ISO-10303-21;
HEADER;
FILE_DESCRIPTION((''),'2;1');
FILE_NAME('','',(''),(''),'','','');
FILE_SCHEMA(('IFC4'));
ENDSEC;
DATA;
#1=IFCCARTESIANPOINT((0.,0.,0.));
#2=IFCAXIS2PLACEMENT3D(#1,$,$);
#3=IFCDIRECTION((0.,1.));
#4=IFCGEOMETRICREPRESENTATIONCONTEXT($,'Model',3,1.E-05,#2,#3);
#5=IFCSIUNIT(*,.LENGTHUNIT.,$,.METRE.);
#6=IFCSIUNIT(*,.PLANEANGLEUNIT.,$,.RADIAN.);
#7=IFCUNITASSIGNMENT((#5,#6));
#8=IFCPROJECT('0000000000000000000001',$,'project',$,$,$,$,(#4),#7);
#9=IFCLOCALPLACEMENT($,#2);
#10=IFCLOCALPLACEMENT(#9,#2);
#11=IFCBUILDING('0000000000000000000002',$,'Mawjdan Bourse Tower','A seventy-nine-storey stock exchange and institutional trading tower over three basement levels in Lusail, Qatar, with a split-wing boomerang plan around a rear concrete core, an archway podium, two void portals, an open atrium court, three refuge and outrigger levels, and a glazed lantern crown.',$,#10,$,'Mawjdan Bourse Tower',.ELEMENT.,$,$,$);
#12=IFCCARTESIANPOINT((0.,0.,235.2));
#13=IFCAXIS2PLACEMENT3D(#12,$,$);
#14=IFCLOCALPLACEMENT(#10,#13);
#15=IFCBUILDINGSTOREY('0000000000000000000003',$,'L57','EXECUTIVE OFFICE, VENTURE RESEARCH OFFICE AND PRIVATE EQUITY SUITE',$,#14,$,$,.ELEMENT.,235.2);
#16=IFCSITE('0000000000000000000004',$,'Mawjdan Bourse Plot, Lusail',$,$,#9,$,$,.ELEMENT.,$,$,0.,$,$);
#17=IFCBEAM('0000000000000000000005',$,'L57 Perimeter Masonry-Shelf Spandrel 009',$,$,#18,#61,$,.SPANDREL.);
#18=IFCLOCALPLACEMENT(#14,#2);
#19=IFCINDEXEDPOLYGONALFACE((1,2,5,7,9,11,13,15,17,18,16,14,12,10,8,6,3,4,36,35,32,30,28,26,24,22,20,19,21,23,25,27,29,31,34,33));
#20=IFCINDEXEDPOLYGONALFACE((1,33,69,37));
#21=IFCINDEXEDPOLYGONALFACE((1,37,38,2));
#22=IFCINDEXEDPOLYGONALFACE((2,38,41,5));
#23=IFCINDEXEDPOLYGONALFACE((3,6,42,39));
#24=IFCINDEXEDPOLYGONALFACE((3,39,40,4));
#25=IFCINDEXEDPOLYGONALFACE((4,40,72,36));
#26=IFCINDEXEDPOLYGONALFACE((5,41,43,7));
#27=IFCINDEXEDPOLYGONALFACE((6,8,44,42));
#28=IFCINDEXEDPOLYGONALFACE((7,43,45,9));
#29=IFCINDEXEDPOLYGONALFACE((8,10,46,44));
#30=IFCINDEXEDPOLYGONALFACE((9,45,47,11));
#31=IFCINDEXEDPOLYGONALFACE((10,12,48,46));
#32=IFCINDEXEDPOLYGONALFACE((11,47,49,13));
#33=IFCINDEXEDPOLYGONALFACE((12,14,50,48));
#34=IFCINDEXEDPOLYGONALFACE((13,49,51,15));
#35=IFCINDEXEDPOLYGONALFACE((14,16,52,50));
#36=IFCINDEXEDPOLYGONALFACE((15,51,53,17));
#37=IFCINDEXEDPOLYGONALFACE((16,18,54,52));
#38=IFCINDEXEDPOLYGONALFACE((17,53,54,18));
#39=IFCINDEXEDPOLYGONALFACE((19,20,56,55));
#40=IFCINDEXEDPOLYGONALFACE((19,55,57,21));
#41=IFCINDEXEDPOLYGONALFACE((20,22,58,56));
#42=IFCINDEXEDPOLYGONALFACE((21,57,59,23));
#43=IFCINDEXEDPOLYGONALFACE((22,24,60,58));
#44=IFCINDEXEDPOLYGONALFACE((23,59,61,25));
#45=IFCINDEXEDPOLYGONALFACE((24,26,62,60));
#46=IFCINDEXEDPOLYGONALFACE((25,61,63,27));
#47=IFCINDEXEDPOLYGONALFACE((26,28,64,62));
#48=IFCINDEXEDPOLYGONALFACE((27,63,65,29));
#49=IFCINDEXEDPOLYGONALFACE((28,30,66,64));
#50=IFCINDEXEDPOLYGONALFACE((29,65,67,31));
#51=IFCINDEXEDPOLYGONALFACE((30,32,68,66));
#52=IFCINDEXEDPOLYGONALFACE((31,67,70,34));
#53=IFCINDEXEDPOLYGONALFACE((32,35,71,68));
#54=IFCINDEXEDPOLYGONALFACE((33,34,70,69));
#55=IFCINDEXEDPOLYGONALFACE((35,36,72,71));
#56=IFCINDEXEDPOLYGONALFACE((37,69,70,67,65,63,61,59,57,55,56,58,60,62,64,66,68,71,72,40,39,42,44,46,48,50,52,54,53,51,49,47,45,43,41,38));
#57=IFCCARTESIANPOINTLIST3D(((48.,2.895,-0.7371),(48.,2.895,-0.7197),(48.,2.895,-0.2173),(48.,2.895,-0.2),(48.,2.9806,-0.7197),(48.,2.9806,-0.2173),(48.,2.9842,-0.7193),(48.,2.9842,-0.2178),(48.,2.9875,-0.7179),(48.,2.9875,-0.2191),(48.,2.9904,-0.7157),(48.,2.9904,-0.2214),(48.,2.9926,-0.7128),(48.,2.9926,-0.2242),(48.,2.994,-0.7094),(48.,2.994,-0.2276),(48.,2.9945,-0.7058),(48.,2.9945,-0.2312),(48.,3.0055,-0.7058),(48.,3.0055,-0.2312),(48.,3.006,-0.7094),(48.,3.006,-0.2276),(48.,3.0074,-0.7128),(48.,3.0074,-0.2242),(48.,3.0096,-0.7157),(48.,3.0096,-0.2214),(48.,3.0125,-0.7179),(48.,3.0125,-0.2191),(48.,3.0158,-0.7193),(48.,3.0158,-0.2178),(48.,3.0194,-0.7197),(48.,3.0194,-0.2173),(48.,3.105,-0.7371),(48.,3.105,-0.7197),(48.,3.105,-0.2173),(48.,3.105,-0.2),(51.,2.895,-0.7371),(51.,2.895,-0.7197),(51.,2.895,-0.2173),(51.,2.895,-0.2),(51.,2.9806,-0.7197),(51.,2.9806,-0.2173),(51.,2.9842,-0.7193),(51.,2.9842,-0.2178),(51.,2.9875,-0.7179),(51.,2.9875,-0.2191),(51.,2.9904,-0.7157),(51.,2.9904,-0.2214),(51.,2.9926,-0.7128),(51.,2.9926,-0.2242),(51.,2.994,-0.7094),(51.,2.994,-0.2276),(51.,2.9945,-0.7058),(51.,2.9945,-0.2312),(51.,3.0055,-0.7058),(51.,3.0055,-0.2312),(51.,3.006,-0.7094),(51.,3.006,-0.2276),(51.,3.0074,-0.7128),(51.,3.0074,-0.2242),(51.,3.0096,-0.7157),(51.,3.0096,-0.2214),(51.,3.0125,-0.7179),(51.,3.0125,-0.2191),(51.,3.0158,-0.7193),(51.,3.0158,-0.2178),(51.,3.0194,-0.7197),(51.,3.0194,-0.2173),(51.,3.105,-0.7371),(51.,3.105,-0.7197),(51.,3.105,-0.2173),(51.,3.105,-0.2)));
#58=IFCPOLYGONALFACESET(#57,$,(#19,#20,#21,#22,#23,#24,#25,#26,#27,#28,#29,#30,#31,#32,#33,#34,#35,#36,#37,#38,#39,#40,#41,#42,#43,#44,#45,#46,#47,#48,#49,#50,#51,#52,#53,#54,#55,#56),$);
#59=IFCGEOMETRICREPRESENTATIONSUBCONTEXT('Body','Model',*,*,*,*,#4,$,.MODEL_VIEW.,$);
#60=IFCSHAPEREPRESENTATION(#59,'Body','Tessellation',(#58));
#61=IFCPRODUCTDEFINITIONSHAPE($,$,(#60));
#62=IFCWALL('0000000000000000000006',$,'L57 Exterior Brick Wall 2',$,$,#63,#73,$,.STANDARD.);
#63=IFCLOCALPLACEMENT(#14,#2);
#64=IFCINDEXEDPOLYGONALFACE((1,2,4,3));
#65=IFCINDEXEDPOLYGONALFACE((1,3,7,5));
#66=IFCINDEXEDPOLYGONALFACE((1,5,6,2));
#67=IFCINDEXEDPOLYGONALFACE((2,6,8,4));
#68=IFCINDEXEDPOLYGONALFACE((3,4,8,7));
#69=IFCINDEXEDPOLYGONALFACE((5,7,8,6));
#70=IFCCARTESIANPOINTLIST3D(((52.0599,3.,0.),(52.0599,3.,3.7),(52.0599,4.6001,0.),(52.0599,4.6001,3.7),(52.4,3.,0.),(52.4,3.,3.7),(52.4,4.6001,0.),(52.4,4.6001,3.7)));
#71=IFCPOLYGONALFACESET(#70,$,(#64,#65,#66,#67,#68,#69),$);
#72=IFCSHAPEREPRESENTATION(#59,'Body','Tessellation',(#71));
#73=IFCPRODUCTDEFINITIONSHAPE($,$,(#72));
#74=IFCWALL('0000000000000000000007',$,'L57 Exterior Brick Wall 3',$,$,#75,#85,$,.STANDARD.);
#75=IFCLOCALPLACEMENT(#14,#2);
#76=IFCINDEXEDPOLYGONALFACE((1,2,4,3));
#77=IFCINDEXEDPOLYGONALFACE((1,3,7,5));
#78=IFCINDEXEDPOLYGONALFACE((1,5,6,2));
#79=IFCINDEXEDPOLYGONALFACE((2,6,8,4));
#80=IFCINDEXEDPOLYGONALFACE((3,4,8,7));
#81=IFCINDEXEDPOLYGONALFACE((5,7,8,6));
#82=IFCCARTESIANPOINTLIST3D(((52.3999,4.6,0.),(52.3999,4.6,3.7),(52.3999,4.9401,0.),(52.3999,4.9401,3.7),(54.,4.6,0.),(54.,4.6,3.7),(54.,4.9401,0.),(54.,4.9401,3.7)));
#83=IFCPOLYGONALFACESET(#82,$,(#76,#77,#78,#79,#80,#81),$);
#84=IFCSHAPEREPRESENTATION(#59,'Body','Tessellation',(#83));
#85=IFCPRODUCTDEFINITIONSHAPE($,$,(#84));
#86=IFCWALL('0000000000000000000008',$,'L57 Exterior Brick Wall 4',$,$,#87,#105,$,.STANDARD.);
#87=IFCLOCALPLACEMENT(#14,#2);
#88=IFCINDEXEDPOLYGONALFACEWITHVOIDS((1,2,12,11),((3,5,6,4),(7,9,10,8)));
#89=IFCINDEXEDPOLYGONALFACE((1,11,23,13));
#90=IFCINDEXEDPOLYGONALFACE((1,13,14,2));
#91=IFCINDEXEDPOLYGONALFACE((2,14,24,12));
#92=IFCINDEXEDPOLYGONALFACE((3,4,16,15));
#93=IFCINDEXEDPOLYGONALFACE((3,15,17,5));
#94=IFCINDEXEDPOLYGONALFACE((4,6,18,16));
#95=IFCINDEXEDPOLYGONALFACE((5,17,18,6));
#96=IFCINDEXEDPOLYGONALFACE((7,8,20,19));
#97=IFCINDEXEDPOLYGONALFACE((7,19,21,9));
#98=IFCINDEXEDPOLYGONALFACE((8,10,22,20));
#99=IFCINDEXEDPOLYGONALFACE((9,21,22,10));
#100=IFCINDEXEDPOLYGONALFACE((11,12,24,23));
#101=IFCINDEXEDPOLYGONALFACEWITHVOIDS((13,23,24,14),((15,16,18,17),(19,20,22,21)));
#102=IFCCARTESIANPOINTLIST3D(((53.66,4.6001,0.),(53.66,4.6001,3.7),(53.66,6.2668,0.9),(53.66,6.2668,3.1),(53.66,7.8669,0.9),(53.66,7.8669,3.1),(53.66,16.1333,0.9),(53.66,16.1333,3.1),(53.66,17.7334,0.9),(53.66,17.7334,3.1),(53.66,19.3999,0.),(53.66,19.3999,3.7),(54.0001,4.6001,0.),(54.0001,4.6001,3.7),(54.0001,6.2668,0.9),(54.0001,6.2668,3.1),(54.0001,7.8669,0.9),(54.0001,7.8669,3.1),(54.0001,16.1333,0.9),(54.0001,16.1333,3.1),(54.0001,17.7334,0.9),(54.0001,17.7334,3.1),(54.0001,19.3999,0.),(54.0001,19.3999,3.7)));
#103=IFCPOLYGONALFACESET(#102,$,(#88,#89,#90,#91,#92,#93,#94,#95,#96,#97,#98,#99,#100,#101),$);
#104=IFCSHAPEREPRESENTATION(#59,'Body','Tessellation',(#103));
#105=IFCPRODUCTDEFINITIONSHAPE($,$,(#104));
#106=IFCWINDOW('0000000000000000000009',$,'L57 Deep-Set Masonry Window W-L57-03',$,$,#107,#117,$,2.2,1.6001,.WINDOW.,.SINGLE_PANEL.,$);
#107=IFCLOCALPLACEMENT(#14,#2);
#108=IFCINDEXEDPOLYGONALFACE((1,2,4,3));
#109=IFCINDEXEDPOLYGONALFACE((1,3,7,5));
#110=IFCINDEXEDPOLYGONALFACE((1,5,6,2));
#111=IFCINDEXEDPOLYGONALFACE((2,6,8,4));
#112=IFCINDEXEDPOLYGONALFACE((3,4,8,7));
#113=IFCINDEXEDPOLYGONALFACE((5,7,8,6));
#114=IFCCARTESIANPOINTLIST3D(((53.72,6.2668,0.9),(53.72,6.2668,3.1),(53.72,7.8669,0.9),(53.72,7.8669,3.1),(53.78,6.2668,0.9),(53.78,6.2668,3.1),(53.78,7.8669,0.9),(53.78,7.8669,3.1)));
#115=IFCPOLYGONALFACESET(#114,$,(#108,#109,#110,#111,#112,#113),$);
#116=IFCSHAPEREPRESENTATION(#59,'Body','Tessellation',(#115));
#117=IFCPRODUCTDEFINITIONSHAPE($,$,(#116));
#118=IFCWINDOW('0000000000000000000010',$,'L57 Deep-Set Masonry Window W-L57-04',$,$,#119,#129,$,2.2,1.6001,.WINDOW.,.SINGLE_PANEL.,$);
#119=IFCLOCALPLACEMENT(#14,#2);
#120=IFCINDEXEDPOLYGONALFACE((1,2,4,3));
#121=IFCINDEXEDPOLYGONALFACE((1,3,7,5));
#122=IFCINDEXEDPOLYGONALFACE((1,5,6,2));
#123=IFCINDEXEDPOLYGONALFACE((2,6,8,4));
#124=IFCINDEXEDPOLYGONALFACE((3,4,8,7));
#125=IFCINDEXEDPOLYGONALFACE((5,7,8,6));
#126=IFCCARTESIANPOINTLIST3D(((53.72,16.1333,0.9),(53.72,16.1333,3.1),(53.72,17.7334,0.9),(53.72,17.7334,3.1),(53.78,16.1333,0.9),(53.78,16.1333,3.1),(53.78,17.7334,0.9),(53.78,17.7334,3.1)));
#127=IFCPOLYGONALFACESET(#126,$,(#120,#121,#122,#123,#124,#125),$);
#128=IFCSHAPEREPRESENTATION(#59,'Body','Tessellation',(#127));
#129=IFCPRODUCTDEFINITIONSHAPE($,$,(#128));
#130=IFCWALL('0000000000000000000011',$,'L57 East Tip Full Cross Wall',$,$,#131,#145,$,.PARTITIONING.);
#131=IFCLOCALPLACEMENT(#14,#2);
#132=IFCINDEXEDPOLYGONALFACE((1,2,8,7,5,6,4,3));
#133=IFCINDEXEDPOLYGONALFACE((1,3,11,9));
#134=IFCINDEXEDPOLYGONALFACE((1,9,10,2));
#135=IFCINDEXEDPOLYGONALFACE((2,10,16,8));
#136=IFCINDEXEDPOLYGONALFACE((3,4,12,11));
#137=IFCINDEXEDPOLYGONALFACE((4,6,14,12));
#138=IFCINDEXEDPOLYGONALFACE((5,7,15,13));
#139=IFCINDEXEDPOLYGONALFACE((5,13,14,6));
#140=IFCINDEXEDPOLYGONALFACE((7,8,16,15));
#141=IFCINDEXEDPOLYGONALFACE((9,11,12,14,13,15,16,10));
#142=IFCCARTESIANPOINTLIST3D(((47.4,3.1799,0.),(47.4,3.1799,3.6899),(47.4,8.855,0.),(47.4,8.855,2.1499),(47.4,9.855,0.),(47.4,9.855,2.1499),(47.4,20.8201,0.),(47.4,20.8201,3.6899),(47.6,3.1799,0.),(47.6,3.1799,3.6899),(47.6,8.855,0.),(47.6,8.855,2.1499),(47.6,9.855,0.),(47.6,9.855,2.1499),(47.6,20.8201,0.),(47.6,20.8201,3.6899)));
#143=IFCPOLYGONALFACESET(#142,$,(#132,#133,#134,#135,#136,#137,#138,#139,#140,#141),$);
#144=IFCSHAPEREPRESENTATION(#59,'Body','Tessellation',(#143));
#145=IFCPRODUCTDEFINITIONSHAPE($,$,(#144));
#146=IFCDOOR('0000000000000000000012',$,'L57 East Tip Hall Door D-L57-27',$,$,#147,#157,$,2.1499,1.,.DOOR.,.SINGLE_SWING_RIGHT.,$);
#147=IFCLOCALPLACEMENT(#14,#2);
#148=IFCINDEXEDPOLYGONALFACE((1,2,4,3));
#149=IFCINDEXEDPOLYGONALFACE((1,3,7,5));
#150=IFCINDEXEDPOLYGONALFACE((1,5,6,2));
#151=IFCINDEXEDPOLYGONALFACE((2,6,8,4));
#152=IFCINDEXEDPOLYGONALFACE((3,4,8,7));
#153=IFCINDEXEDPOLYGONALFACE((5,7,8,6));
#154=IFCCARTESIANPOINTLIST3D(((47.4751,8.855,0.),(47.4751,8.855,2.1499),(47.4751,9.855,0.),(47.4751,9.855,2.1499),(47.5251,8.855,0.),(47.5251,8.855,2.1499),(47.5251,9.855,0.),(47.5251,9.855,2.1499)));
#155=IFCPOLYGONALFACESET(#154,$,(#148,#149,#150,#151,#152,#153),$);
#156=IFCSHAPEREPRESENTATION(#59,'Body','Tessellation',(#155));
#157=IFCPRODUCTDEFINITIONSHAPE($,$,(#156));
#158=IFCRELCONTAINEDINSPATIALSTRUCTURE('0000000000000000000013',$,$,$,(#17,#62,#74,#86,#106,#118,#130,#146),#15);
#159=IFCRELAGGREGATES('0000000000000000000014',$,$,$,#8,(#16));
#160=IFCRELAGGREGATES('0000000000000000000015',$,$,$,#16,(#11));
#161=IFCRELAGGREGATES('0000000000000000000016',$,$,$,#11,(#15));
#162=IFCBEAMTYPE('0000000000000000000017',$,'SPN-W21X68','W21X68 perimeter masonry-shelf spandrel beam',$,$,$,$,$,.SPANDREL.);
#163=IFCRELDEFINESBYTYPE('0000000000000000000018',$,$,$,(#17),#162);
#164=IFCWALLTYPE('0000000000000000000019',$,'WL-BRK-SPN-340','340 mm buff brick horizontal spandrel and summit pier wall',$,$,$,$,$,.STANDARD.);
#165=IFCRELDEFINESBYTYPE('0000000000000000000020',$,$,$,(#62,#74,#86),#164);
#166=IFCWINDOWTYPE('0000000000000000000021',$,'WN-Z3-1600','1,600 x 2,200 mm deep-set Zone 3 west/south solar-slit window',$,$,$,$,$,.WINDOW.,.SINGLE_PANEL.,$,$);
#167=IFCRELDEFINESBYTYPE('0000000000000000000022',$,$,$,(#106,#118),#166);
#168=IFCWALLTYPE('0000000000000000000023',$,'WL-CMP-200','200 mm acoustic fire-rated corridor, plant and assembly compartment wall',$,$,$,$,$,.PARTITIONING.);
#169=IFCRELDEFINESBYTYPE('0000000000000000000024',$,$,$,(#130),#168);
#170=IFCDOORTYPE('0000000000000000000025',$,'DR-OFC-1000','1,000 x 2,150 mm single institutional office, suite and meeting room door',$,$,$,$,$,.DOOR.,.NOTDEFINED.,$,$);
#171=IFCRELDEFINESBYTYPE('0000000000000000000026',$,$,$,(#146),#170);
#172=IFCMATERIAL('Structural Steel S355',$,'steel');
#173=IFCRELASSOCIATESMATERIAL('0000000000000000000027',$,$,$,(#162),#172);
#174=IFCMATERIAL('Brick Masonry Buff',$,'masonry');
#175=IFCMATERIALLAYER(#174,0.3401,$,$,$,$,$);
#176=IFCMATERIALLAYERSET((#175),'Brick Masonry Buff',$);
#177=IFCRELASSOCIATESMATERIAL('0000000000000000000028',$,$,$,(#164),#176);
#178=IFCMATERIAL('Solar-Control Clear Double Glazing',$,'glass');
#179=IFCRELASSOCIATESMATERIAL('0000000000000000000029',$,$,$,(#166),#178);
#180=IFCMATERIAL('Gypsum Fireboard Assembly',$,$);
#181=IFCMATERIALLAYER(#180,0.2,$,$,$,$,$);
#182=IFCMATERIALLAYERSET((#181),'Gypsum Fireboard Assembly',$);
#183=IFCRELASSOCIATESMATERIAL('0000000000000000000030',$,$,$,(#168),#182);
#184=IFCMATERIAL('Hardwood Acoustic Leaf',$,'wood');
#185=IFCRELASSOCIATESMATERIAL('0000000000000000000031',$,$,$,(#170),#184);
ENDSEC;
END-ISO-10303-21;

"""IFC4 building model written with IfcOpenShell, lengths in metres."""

from ifc_helpers import new_model, si_unit, direction, frame, frame_2d, origin, origin_2d, place, context, subcontext, project, spatial, rectangle, i_section, extrude, material, layer, layer_set, material_profile, profile_set, type_object, element, fill, save


model = new_model("IFC4")

# Units and contexts
model_context = context("Model", 3, precision=1e-05, world=origin(), true_north=direction((0.0, 1.0)))
body_context = subcontext(model_context, "Body", "Model", "MODEL_VIEW")
ifc_project = project(units=[si_unit("LENGTHUNIT", "METRE"), si_unit("PLANEANGLEUNIT", "RADIAN")], contexts=[model_context])

# Site, building, storey
site_placement = place(None, origin())
site = spatial("IfcSite", under=ifc_project, at=site_placement, Name="Mawjdan Bourse Plot, Lusail", CompositionType="ELEMENT", RefElevation=0.0)
building_placement = place(site_placement, origin())
building = spatial("IfcBuilding", under=site, at=building_placement, Name="Mawjdan Bourse Tower", Description="A seventy-nine-storey stock exchange and institutional trading tower over three basement levels in Lusail, Qatar, with a split-wing boomerang plan around a rear concrete core, an archway podium, two void portals, an open atrium court, three refuge and outrigger levels, and a glazed lantern crown.", LongName="Mawjdan Bourse Tower", CompositionType="ELEMENT")
storey_placement = place(building_placement, frame((0.0, 0.0, 235.2)))
storey = spatial("IfcBuildingStorey", under=building, at=storey_placement, Name="L57", Description="EXECUTIVE OFFICE, VENTURE RESEARCH OFFICE AND PRIVATE EQUITY SUITE", CompositionType="ELEMENT", Elevation=235.2)

# Beam
ifc_material_1 = material(Name="Structural Steel S355", Category="steel")
ifc_material_profile_1 = material_profile(ifc_material_1, i_section(OverallWidth=0.21, OverallDepth=0.5371, WebThickness=0.011, FlangeThickness=0.0173, FilletRadius=0.0139, at=origin_2d()), Name="W21X68")
ifc_profile_set_1 = profile_set([ifc_material_profile_1], Name="Structural Steel S355")
beam_type_1 = type_object("IfcBeamType", Name="SPN-W21X68", Description="W21X68 perimeter masonry-shelf spandrel beam", PredefinedType="SPANDREL", material=ifc_profile_set_1)
beam_1_placement = place(storey_placement, frame((48.0, 3.0, -0.4685), z_axis=(1.0, 0.0, 0.0), x_axis=(0.0, 1.0, 0.0)))
element("IfcBeam", 1, at=beam_1_placement, inside=storey, type_object=beam_type_1, Name="L57 Perimeter Masonry-Shelf Spandrel 009", PredefinedType="SPANDREL", context=body_context, shape_type="SweptSolid", body=[
    extrude(i_section(OverallWidth=0.21, OverallDepth=0.5371, WebThickness=0.011, FlangeThickness=0.0173, FilletRadius=0.0139, at=origin_2d()), origin(), (0.0, 0.0, 1.0), 3.0),
])

# Walls
ifc_material_2 = material(Name="Brick Masonry Buff", Category="masonry")
ifc_layer_1 = layer(ifc_material_2, 0.3401)
ifc_layer_set_1 = layer_set([ifc_layer_1], Name="Brick Masonry Buff")
wall_type_1 = type_object("IfcWallType", Name="WL-BRK-SPN-340", Description="340 mm buff brick horizontal spandrel and summit pier wall", PredefinedType="STANDARD", material=ifc_layer_set_1)
for number, where, z_axis, x_axis, name in (
    (2, (52.23, 3.0, 0.0), (0.0, 0.0, 1.0), (0.0, 1.0, 0.0), "L57 Exterior Brick Wall 2"),
    (3, (52.3999, 4.77, 0.0), (0.0, 0.0, 1.0), (1.0, 0.0, 0.0), "L57 Exterior Brick Wall 3"),
):
    element("IfcWall", number, at=place(storey_placement, frame(where, z_axis=z_axis, x_axis=x_axis)), inside=storey, type_object=wall_type_1, Name=name, PredefinedType="STANDARD", context=body_context, shape_type="SweptSolid", body=[
        extrude(rectangle(XDim=1.6001, YDim=0.3401, at=frame_2d((0.8, 0.0))), origin(), (0.0, 0.0, 1.0), 3.7),
    ])

# Wall, openings, windows
wall_1_placement = place(storey_placement, frame((53.8301, 4.6001, 0.0), z_axis=(0.0, 0.0, 1.0), x_axis=(0.0, 1.0, 0.0)))
wall_1 = element("IfcWall", 4, at=wall_1_placement, inside=storey, type_object=wall_type_1, Name="L57 Exterior Brick Wall 4", PredefinedType="STANDARD", context=body_context, shape_type="SweptSolid", body=[
    extrude(rectangle(XDim=14.7998, YDim=0.3401, at=frame_2d((7.3999, 0.0))), origin(), (0.0, 0.0, 1.0), 3.7),
])
opening_1_placement = place(wall_1_placement, frame((1.6667, 0.0, 0.8999)))
opening_1 = element("IfcOpeningElement", 5, at=opening_1_placement, cuts=wall_1, PredefinedType="OPENING", context=body_context, shape_type="SweptSolid", body=[
    extrude(rectangle(XDim=1.6001, YDim=2.2, at=frame_2d((0.8, 1.1001))), frame((0.0, 0.1802, 0.0), z_axis=(0.0, -1.0, 0.0), x_axis=(1.0, 0.0, 0.0)), (0.0, 0.0, 1.0), 0.3601),
])
opening_2_placement = place(wall_1_placement, frame((11.5332, 0.0, 0.8999)))
opening_2 = element("IfcOpeningElement", 6, at=opening_2_placement, cuts=wall_1, PredefinedType="OPENING", context=body_context, shape_type="SweptSolid", body=[
    extrude(rectangle(XDim=1.6001, YDim=2.2, at=frame_2d((0.8, 1.1001))), frame((0.0, 0.1802, 0.0), z_axis=(0.0, -1.0, 0.0), x_axis=(1.0, 0.0, 0.0)), (0.0, 0.0, 1.0), 0.3601),
])
ifc_material_3 = material(Name="Solar-Control Clear Double Glazing", Category="glass")
window_type = type_object("IfcWindowType", Name="WN-Z3-1600", Description="1,600 x 2,200 mm deep-set Zone 3 west/south solar-slit window", PartitioningType="SINGLE_PANEL", PredefinedType="WINDOW", material=ifc_material_3)
window_1_placement = place(opening_1_placement, origin())
window_1 = element("IfcWindow", 7, at=window_1_placement, inside=storey, type_object=window_type, Name="L57 Deep-Set Masonry Window W-L57-03", OverallHeight=2.2, OverallWidth=1.6001, PartitioningType="SINGLE_PANEL", PredefinedType="WINDOW", context=body_context, shape_type="SweptSolid", body=[
    extrude(rectangle(XDim=1.6001, YDim=2.2, at=frame_2d((0.8, 1.1001))), frame((0.0, 0.1101, 0.0), z_axis=(0.0, -1.0, 0.0), x_axis=(1.0, 0.0, 0.0)), (0.0, 0.0, 1.0), 0.0601),
])
fill(opening_1, window_1)
window_2_placement = place(opening_2_placement, origin())
window_2 = element("IfcWindow", 8, at=window_2_placement, inside=storey, type_object=window_type, Name="L57 Deep-Set Masonry Window W-L57-04", OverallHeight=2.2, OverallWidth=1.6001, PartitioningType="SINGLE_PANEL", PredefinedType="WINDOW", context=body_context, shape_type="SweptSolid", body=[
    extrude(rectangle(XDim=1.6001, YDim=2.2, at=frame_2d((0.8, 1.1001))), frame((0.0, 0.1101, 0.0), z_axis=(0.0, -1.0, 0.0), x_axis=(1.0, 0.0, 0.0)), (0.0, 0.0, 1.0), 0.0601),
])
fill(opening_2, window_2)

# Wall, opening, door
ifc_material_4 = material(Name="Gypsum Fireboard Assembly")
ifc_layer_2 = layer(ifc_material_4, 0.2)
ifc_layer_set_2 = layer_set([ifc_layer_2], Name="Gypsum Fireboard Assembly")
wall_type_2 = type_object("IfcWallType", Name="WL-CMP-200", Description="200 mm acoustic fire-rated corridor, plant and assembly compartment wall", PredefinedType="PARTITIONING", material=ifc_layer_set_2)
wall_2_placement = place(storey_placement, frame((47.5, 3.1799, 0.0), z_axis=(0.0, 0.0, 1.0), x_axis=(0.0, 1.0, 0.0)))
wall_2 = element("IfcWall", 9, at=wall_2_placement, inside=storey, type_object=wall_type_2, Name="L57 East Tip Full Cross Wall", PredefinedType="PARTITIONING", context=body_context, shape_type="SweptSolid", body=[
    extrude(rectangle(XDim=17.6401, YDim=0.2, at=frame_2d((8.8201, 0.0))), origin(), (0.0, 0.0, 1.0), 3.6899),
])
opening_3_placement = place(wall_2_placement, frame((5.675, 0.0, 0.0)))
opening_3 = element("IfcOpeningElement", 10, at=opening_3_placement, cuts=wall_2, PredefinedType="OPENING", context=body_context, shape_type="SweptSolid", body=[
    extrude(rectangle(XDim=1.0, YDim=2.1499, at=frame_2d((0.5, 1.075))), frame((0.0, 0.1099, 0.0), z_axis=(0.0, -1.0, 0.0), x_axis=(1.0, 0.0, 0.0)), (0.0, 0.0, 1.0), 0.22),
])
ifc_material_5 = material(Name="Hardwood Acoustic Leaf", Category="wood")
door_type = type_object("IfcDoorType", Name="DR-OFC-1000", Description="1,000 x 2,150 mm single institutional office, suite and meeting room door", OperationType="NOTDEFINED", PredefinedType="DOOR", material=ifc_material_5)
door_placement = place(opening_3_placement, origin())
door = element("IfcDoor", 11, at=door_placement, inside=storey, type_object=door_type, Name="L57 East Tip Hall Door D-L57-27", OperationType="SINGLE_SWING_RIGHT", OverallHeight=2.1499, OverallWidth=1.0, PredefinedType="DOOR", context=body_context, shape_type="SweptSolid", body=[
    extrude(rectangle(XDim=1.0, YDim=2.1499, at=frame_2d((0.5, 1.075))), frame((0.0, 0.0249, 0.0), z_axis=(0.0, -1.0, 0.0), x_axis=(1.0, 0.0, 0.0)), (0.0, 0.0, 1.0), 0.05),
])
fill(opening_3, door)

save(model, "model.ifc")
